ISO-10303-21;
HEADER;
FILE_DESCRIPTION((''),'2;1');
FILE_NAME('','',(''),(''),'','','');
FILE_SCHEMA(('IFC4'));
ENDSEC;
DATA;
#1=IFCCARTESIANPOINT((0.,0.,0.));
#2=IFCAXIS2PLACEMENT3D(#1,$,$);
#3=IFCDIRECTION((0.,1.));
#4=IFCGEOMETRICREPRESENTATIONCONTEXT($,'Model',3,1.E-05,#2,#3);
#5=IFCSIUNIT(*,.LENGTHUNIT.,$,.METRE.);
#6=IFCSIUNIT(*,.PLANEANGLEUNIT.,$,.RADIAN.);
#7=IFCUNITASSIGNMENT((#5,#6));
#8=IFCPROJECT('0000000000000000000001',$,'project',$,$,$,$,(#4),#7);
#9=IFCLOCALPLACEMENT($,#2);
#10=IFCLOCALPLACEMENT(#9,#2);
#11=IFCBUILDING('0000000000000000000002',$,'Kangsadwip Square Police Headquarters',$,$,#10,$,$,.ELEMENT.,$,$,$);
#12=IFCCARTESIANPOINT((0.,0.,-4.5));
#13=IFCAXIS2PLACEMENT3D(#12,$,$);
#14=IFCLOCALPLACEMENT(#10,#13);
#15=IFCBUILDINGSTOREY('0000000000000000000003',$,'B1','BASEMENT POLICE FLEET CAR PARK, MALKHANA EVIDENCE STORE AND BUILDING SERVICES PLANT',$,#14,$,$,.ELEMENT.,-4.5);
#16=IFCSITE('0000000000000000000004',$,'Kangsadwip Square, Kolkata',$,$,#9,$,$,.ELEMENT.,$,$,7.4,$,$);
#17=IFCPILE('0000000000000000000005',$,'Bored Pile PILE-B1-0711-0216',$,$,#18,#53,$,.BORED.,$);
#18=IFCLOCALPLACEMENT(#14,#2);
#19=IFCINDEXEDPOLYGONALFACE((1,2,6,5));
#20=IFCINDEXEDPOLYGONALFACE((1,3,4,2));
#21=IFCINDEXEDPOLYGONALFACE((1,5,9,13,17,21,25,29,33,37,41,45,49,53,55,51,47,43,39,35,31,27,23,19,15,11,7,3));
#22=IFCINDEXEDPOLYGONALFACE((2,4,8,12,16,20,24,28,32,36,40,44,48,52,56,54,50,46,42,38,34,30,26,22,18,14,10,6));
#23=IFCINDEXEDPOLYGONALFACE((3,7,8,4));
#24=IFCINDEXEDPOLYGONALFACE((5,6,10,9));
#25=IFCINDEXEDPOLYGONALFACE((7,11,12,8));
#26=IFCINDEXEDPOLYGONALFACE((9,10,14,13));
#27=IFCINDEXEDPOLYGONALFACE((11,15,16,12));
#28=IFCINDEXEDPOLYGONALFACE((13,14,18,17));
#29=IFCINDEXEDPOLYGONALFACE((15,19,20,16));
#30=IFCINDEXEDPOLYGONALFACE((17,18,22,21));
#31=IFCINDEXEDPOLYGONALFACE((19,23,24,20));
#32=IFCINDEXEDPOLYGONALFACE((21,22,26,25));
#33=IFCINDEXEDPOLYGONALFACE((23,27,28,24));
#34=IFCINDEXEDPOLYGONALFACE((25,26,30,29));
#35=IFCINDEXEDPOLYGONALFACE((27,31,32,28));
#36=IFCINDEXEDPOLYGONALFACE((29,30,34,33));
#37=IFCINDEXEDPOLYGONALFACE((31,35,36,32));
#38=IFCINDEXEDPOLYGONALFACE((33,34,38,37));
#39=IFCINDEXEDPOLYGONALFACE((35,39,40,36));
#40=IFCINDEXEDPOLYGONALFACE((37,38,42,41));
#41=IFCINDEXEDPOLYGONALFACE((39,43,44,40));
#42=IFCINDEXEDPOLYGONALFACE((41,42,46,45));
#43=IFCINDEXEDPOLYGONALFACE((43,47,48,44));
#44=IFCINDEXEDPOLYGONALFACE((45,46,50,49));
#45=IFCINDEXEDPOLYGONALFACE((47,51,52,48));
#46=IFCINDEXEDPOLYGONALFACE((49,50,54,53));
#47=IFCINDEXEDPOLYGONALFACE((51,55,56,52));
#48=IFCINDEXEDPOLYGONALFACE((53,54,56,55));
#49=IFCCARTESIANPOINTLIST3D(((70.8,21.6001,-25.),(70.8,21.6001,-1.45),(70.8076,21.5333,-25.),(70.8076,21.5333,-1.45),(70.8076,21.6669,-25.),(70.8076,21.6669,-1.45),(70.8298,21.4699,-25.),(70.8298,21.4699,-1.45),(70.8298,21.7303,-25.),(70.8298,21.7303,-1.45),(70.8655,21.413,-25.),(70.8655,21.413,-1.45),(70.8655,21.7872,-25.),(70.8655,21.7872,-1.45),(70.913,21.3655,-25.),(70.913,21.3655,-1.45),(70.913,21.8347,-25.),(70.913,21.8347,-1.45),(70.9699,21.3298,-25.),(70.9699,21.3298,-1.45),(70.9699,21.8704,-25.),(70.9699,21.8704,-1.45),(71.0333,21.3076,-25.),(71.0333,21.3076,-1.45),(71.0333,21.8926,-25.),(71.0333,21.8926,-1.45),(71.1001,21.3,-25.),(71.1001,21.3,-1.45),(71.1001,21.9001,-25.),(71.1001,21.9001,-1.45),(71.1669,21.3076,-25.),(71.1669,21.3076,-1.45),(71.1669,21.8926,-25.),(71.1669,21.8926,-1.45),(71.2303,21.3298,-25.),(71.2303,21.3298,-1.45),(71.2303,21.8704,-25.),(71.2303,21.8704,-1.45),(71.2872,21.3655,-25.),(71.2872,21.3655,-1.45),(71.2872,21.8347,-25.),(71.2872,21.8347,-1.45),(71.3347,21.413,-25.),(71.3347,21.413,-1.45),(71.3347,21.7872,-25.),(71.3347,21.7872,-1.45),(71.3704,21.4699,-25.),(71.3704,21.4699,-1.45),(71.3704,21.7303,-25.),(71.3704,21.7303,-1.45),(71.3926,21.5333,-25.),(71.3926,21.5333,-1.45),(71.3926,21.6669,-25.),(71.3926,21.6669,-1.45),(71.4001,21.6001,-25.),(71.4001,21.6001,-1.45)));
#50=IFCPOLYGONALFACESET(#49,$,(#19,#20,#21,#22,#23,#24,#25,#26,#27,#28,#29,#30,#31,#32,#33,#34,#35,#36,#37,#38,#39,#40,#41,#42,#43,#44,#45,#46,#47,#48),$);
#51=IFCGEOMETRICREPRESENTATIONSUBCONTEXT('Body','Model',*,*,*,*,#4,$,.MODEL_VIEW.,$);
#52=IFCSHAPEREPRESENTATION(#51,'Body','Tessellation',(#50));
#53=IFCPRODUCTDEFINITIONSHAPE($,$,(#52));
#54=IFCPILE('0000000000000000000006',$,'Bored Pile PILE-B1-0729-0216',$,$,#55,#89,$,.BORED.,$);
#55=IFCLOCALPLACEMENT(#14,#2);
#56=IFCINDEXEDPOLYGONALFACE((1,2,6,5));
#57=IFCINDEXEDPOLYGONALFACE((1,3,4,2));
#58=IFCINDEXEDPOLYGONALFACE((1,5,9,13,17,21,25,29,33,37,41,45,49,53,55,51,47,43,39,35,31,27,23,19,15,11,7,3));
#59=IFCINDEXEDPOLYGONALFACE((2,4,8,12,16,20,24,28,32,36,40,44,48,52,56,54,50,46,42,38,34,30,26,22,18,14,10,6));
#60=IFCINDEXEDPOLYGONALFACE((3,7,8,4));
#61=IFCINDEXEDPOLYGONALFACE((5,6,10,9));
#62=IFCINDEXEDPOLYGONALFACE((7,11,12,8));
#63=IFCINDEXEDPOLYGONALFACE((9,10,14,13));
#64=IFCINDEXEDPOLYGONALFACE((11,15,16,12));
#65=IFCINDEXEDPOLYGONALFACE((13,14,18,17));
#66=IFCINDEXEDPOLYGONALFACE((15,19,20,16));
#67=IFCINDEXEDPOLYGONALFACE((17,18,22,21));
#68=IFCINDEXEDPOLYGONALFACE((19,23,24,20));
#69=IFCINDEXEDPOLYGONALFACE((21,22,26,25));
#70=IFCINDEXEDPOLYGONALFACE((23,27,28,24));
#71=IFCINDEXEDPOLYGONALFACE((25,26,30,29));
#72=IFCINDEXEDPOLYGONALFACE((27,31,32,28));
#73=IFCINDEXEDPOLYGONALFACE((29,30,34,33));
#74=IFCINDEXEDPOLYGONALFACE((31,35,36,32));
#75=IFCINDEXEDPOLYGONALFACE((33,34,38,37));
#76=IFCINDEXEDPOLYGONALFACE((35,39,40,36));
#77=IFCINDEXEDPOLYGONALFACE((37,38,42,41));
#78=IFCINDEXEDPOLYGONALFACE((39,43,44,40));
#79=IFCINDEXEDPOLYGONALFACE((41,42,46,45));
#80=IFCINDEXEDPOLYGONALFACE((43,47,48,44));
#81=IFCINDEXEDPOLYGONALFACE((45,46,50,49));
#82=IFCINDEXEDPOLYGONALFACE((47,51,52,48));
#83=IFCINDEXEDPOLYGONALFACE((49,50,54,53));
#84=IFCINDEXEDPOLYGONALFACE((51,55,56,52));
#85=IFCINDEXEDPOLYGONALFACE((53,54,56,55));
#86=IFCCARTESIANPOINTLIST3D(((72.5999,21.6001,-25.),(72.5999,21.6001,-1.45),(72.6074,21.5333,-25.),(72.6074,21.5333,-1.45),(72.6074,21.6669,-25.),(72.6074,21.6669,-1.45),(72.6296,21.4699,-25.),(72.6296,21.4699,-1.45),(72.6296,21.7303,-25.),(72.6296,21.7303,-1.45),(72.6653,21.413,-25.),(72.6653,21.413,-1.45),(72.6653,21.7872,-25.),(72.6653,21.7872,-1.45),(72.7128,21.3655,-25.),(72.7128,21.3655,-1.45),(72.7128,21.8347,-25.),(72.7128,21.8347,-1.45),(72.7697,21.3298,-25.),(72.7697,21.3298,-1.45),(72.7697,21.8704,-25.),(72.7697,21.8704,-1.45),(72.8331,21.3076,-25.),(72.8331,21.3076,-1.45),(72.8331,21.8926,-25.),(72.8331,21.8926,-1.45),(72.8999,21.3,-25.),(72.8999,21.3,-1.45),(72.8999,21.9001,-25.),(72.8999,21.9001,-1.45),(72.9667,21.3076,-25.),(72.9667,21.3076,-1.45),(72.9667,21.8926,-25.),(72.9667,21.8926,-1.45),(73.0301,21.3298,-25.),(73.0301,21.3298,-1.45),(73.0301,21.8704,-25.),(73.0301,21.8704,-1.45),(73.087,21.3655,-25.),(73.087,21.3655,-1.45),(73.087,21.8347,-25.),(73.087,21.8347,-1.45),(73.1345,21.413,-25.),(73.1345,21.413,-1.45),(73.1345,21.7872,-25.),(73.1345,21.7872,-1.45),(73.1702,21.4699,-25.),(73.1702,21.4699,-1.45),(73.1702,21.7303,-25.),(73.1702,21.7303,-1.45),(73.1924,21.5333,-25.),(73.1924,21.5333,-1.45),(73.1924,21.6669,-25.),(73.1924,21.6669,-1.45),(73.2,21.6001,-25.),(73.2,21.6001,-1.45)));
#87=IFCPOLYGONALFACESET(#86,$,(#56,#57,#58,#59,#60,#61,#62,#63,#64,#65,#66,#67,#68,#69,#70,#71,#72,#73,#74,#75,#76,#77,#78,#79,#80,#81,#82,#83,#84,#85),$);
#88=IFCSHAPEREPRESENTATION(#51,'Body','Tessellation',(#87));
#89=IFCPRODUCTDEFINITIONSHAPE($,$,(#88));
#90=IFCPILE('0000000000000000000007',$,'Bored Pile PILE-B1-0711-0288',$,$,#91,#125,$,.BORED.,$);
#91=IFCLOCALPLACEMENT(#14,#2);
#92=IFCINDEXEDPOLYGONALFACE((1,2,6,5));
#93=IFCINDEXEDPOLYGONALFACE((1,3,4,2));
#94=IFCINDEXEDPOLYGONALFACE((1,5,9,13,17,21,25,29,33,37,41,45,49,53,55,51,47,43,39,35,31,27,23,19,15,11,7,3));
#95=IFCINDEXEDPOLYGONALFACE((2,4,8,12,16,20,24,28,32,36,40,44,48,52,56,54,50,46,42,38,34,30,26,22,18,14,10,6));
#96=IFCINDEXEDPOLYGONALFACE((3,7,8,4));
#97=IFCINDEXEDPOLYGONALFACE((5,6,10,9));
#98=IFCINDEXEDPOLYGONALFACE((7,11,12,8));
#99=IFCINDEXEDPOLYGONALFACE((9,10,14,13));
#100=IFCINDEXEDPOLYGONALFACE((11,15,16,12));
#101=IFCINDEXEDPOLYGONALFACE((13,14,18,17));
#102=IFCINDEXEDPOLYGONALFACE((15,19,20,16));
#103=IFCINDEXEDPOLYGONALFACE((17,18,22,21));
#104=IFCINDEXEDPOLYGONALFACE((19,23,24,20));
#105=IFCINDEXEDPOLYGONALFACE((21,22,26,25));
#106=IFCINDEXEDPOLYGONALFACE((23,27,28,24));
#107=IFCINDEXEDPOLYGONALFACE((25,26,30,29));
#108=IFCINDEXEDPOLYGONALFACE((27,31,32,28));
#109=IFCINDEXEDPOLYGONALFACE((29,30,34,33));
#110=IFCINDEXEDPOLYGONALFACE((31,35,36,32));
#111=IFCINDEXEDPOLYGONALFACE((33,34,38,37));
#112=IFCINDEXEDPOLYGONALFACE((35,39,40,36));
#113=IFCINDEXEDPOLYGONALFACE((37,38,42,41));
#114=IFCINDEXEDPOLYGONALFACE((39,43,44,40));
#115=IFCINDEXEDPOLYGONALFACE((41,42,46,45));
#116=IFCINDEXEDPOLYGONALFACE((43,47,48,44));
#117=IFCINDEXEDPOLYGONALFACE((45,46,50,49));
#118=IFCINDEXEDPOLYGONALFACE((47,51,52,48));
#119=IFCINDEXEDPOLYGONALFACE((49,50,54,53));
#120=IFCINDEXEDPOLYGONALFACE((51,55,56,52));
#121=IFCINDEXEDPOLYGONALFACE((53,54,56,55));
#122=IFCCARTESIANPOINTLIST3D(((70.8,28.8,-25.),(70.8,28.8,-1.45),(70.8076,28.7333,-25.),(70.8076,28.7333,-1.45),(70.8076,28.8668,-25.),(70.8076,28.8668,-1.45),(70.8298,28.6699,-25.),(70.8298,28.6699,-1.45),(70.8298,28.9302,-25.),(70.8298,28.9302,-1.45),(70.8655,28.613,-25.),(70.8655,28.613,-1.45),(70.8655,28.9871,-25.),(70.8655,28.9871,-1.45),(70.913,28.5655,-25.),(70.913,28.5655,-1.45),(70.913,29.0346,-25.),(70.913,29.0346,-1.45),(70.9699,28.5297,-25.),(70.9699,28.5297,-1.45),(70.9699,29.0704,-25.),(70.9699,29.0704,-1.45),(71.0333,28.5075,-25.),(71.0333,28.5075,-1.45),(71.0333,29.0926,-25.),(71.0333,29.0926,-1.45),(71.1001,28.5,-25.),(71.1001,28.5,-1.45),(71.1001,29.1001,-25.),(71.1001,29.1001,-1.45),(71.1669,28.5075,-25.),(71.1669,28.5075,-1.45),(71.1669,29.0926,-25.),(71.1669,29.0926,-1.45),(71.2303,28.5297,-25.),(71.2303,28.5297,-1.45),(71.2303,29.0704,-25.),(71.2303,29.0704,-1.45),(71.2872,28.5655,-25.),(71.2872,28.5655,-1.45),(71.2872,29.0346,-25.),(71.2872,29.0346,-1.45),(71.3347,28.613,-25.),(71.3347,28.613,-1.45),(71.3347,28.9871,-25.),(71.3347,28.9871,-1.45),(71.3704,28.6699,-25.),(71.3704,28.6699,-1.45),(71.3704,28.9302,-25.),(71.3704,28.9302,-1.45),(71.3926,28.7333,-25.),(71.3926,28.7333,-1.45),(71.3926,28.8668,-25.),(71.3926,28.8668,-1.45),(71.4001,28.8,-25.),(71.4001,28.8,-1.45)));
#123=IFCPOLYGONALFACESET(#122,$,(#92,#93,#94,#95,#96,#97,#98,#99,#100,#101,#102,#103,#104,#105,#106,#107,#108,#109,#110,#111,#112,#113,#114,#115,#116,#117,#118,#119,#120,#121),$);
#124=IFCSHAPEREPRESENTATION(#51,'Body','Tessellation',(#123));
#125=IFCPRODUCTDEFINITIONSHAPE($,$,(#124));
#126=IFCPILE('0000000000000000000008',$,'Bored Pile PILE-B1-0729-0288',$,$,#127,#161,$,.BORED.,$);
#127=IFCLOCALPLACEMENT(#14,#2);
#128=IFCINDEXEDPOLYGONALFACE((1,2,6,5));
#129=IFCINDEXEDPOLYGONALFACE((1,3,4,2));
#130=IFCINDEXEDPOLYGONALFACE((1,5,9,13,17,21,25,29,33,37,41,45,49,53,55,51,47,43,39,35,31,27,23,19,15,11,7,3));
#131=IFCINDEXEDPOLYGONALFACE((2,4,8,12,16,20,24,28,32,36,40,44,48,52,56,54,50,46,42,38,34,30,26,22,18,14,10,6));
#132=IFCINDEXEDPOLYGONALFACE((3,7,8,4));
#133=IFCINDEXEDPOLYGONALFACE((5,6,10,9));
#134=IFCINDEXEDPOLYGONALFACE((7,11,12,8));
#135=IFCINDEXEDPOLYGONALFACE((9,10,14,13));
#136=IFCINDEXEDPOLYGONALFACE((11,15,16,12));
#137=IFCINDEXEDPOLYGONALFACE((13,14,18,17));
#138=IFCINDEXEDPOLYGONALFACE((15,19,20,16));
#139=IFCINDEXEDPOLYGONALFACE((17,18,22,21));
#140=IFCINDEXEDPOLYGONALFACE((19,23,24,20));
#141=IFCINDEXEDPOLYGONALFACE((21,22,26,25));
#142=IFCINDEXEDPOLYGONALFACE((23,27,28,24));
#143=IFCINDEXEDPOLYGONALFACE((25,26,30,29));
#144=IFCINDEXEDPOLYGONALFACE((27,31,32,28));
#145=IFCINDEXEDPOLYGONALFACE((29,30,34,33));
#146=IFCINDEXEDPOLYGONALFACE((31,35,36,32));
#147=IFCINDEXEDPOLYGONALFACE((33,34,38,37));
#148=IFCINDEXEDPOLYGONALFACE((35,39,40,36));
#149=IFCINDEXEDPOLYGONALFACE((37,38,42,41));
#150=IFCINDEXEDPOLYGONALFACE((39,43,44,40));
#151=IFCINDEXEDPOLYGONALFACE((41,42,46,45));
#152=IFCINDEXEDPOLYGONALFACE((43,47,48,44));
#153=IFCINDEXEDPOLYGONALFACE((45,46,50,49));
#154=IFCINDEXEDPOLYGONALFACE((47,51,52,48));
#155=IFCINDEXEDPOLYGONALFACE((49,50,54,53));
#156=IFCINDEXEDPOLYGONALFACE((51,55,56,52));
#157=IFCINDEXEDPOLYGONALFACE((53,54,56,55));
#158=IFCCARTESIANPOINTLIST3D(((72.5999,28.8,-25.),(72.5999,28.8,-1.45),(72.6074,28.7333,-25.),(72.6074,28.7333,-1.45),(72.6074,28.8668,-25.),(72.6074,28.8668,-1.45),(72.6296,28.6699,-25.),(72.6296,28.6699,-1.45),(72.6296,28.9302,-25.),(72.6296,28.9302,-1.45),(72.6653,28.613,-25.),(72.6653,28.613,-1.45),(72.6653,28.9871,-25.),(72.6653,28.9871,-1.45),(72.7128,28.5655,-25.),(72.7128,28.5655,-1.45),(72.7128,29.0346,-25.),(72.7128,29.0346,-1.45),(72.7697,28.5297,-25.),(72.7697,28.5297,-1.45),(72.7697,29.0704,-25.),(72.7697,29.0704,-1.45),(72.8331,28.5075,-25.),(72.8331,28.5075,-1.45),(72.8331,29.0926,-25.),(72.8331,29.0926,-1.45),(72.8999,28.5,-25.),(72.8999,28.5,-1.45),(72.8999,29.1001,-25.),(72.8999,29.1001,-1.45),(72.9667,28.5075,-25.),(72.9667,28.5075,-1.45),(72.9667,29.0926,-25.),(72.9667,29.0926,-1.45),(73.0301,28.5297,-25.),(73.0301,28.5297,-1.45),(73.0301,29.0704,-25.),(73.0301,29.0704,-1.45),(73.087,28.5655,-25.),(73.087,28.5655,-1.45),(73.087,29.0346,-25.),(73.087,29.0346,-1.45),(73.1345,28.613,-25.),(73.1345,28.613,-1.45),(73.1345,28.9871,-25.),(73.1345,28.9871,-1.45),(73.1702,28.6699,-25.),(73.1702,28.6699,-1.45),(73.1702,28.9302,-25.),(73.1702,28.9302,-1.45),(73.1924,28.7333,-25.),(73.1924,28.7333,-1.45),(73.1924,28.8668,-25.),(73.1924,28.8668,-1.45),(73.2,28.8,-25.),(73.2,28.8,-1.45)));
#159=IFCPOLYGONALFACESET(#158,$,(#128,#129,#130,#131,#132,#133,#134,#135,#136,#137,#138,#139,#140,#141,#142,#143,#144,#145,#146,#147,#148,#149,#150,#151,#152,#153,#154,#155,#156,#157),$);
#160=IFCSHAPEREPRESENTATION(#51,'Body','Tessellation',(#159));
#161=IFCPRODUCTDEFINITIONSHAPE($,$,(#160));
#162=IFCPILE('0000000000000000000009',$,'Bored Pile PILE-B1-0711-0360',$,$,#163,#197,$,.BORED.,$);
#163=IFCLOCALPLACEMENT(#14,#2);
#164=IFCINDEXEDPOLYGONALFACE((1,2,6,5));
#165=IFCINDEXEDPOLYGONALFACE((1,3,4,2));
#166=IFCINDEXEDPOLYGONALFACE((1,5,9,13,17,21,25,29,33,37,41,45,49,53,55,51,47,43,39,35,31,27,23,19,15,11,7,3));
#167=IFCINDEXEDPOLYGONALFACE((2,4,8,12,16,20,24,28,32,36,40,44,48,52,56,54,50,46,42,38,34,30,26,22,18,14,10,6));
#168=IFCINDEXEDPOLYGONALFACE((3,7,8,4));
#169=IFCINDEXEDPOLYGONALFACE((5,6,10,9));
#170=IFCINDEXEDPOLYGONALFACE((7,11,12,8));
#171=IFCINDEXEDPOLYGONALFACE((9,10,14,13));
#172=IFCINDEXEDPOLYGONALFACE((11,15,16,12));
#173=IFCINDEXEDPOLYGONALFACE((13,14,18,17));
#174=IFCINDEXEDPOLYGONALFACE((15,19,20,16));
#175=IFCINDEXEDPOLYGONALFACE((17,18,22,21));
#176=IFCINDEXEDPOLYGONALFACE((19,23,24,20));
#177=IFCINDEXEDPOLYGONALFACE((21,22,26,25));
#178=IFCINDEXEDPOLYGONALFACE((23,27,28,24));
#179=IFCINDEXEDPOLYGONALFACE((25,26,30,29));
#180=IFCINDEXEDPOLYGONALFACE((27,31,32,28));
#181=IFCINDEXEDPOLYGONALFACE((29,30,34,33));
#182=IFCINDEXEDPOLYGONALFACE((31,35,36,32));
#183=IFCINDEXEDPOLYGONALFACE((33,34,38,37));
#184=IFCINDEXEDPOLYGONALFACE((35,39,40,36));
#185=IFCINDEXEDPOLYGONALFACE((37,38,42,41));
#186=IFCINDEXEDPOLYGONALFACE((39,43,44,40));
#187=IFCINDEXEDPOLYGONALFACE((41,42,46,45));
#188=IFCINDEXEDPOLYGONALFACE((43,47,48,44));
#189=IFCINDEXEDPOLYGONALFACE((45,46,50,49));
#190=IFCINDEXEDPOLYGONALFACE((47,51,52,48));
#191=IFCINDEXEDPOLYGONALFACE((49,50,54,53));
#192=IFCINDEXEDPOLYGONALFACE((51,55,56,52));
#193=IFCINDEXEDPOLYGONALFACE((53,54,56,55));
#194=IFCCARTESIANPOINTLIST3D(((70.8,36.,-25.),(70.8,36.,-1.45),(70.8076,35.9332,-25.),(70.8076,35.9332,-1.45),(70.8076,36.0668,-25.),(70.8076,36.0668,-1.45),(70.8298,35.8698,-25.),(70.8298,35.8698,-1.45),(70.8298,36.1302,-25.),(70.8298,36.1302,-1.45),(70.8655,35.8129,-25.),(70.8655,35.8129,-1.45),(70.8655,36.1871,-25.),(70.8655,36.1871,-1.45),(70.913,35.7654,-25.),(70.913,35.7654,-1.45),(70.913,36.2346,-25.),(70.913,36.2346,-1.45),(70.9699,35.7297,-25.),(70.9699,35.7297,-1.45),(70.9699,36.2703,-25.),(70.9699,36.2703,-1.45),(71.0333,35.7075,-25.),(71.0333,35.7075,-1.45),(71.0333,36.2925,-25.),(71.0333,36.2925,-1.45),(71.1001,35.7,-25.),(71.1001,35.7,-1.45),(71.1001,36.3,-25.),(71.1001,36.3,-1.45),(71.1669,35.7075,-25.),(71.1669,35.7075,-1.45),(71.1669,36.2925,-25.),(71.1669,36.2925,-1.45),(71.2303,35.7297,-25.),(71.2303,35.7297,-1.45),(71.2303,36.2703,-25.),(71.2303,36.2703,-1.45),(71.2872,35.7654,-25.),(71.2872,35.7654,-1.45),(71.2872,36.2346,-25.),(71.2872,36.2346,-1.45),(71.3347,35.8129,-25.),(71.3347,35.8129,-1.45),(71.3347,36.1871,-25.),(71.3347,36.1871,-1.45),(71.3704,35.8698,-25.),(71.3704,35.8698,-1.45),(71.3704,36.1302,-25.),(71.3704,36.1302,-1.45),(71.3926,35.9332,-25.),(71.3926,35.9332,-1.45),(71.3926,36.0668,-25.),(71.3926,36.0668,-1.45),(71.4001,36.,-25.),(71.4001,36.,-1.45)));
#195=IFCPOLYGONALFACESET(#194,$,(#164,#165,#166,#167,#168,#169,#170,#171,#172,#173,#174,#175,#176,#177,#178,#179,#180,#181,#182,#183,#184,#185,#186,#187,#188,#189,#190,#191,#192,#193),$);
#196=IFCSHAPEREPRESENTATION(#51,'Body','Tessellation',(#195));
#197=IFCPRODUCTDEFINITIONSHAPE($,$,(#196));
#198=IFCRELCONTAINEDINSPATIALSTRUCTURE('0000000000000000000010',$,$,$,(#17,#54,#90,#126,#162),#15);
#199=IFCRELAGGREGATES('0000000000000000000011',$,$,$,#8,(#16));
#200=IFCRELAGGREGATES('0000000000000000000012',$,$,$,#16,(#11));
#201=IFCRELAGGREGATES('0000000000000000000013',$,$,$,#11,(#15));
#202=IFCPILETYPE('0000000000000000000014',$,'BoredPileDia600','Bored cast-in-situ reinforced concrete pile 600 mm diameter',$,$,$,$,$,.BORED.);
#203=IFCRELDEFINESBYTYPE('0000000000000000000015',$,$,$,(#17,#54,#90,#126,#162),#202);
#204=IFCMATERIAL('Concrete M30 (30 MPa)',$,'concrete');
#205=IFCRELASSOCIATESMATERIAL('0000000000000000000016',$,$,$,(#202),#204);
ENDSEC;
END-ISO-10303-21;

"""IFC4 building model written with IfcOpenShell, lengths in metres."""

from ifc_helpers import new_model, si_unit, direction, frame, origin, origin_2d, place, context, subcontext, project, spatial, circle, extrude, material, material_profile, profile_set, type_object, element, save


model = new_model("IFC4")

# Units and contexts
model_context = context("Model", 3, precision=1e-05, world=origin(), true_north=direction((0.0, 1.0)))
body_context = subcontext(model_context, "Body", "Model", "MODEL_VIEW")
ifc_project = project(units=[si_unit("LENGTHUNIT", "METRE"), si_unit("PLANEANGLEUNIT", "RADIAN")], contexts=[model_context])

# Site, building, storey
site_placement = place(None, origin())
site = spatial("IfcSite", under=ifc_project, at=site_placement, Name="Kangsadwip Square, Kolkata", CompositionType="ELEMENT", RefElevation=7.4)
building_placement = place(site_placement, origin())
building = spatial("IfcBuilding", under=site, at=building_placement, Name="Kangsadwip Square Police Headquarters", CompositionType="ELEMENT")
storey_placement = place(building_placement, frame((0.0, 0.0, -4.5)))
storey = spatial("IfcBuildingStorey", under=building, at=storey_placement, Name="B1", Description="BASEMENT POLICE FLEET CAR PARK, MALKHANA EVIDENCE STORE AND BUILDING SERVICES PLANT", CompositionType="ELEMENT", Elevation=-4.5)

# Piles
ifc_material_1 = material(Name="Concrete M30 (30 MPa)", Category="concrete")
ifc_material_profile_1 = material_profile(ifc_material_1, circle(Radius=0.3, at=origin_2d()), Name="PILE DIA 600")
ifc_profile_set_1 = profile_set([ifc_material_profile_1], Name="Concrete M30 (30 MPa)")
pile_type = type_object("IfcPileType", Name="BoredPileDia600", Description="Bored cast-in-situ reinforced concrete pile 600 mm diameter", PredefinedType="BORED", material=ifc_profile_set_1)
for number, where, z_axis, x_axis, name in (
    (1, (71.1001, 21.6001, -1.45), (0.0, 0.0, -1.0), (1.0, 0.0, 0.0), "Bored Pile PILE-B1-0711-0216"),
    (2, (72.8999, 21.6001, -1.45), (0.0, 0.0, -1.0), (1.0, 0.0, 0.0), "Bored Pile PILE-B1-0729-0216"),
    (3, (71.1001, 28.8, -1.45), (0.0, 0.0, -1.0), (1.0, 0.0, 0.0), "Bored Pile PILE-B1-0711-0288"),
    (4, (72.8999, 28.8, -1.45), (0.0, 0.0, -1.0), (1.0, 0.0, 0.0), "Bored Pile PILE-B1-0729-0288"),
    (5, (71.1001, 36.0, -1.45), (0.0, 0.0, -1.0), (1.0, 0.0, 0.0), "Bored Pile PILE-B1-0711-0360"),
):
    element("IfcPile", number, at=place(storey_placement, frame(where, z_axis=z_axis, x_axis=x_axis)), inside=storey, type_object=pile_type, Name=name, PredefinedType="BORED", context=body_context, shape_type="SweptSolid", body=[
        extrude(circle(Radius=0.3, at=origin_2d()), origin(), (0.0, 0.0, 1.0), 23.55),
    ])

save(model, "model.ifc")
